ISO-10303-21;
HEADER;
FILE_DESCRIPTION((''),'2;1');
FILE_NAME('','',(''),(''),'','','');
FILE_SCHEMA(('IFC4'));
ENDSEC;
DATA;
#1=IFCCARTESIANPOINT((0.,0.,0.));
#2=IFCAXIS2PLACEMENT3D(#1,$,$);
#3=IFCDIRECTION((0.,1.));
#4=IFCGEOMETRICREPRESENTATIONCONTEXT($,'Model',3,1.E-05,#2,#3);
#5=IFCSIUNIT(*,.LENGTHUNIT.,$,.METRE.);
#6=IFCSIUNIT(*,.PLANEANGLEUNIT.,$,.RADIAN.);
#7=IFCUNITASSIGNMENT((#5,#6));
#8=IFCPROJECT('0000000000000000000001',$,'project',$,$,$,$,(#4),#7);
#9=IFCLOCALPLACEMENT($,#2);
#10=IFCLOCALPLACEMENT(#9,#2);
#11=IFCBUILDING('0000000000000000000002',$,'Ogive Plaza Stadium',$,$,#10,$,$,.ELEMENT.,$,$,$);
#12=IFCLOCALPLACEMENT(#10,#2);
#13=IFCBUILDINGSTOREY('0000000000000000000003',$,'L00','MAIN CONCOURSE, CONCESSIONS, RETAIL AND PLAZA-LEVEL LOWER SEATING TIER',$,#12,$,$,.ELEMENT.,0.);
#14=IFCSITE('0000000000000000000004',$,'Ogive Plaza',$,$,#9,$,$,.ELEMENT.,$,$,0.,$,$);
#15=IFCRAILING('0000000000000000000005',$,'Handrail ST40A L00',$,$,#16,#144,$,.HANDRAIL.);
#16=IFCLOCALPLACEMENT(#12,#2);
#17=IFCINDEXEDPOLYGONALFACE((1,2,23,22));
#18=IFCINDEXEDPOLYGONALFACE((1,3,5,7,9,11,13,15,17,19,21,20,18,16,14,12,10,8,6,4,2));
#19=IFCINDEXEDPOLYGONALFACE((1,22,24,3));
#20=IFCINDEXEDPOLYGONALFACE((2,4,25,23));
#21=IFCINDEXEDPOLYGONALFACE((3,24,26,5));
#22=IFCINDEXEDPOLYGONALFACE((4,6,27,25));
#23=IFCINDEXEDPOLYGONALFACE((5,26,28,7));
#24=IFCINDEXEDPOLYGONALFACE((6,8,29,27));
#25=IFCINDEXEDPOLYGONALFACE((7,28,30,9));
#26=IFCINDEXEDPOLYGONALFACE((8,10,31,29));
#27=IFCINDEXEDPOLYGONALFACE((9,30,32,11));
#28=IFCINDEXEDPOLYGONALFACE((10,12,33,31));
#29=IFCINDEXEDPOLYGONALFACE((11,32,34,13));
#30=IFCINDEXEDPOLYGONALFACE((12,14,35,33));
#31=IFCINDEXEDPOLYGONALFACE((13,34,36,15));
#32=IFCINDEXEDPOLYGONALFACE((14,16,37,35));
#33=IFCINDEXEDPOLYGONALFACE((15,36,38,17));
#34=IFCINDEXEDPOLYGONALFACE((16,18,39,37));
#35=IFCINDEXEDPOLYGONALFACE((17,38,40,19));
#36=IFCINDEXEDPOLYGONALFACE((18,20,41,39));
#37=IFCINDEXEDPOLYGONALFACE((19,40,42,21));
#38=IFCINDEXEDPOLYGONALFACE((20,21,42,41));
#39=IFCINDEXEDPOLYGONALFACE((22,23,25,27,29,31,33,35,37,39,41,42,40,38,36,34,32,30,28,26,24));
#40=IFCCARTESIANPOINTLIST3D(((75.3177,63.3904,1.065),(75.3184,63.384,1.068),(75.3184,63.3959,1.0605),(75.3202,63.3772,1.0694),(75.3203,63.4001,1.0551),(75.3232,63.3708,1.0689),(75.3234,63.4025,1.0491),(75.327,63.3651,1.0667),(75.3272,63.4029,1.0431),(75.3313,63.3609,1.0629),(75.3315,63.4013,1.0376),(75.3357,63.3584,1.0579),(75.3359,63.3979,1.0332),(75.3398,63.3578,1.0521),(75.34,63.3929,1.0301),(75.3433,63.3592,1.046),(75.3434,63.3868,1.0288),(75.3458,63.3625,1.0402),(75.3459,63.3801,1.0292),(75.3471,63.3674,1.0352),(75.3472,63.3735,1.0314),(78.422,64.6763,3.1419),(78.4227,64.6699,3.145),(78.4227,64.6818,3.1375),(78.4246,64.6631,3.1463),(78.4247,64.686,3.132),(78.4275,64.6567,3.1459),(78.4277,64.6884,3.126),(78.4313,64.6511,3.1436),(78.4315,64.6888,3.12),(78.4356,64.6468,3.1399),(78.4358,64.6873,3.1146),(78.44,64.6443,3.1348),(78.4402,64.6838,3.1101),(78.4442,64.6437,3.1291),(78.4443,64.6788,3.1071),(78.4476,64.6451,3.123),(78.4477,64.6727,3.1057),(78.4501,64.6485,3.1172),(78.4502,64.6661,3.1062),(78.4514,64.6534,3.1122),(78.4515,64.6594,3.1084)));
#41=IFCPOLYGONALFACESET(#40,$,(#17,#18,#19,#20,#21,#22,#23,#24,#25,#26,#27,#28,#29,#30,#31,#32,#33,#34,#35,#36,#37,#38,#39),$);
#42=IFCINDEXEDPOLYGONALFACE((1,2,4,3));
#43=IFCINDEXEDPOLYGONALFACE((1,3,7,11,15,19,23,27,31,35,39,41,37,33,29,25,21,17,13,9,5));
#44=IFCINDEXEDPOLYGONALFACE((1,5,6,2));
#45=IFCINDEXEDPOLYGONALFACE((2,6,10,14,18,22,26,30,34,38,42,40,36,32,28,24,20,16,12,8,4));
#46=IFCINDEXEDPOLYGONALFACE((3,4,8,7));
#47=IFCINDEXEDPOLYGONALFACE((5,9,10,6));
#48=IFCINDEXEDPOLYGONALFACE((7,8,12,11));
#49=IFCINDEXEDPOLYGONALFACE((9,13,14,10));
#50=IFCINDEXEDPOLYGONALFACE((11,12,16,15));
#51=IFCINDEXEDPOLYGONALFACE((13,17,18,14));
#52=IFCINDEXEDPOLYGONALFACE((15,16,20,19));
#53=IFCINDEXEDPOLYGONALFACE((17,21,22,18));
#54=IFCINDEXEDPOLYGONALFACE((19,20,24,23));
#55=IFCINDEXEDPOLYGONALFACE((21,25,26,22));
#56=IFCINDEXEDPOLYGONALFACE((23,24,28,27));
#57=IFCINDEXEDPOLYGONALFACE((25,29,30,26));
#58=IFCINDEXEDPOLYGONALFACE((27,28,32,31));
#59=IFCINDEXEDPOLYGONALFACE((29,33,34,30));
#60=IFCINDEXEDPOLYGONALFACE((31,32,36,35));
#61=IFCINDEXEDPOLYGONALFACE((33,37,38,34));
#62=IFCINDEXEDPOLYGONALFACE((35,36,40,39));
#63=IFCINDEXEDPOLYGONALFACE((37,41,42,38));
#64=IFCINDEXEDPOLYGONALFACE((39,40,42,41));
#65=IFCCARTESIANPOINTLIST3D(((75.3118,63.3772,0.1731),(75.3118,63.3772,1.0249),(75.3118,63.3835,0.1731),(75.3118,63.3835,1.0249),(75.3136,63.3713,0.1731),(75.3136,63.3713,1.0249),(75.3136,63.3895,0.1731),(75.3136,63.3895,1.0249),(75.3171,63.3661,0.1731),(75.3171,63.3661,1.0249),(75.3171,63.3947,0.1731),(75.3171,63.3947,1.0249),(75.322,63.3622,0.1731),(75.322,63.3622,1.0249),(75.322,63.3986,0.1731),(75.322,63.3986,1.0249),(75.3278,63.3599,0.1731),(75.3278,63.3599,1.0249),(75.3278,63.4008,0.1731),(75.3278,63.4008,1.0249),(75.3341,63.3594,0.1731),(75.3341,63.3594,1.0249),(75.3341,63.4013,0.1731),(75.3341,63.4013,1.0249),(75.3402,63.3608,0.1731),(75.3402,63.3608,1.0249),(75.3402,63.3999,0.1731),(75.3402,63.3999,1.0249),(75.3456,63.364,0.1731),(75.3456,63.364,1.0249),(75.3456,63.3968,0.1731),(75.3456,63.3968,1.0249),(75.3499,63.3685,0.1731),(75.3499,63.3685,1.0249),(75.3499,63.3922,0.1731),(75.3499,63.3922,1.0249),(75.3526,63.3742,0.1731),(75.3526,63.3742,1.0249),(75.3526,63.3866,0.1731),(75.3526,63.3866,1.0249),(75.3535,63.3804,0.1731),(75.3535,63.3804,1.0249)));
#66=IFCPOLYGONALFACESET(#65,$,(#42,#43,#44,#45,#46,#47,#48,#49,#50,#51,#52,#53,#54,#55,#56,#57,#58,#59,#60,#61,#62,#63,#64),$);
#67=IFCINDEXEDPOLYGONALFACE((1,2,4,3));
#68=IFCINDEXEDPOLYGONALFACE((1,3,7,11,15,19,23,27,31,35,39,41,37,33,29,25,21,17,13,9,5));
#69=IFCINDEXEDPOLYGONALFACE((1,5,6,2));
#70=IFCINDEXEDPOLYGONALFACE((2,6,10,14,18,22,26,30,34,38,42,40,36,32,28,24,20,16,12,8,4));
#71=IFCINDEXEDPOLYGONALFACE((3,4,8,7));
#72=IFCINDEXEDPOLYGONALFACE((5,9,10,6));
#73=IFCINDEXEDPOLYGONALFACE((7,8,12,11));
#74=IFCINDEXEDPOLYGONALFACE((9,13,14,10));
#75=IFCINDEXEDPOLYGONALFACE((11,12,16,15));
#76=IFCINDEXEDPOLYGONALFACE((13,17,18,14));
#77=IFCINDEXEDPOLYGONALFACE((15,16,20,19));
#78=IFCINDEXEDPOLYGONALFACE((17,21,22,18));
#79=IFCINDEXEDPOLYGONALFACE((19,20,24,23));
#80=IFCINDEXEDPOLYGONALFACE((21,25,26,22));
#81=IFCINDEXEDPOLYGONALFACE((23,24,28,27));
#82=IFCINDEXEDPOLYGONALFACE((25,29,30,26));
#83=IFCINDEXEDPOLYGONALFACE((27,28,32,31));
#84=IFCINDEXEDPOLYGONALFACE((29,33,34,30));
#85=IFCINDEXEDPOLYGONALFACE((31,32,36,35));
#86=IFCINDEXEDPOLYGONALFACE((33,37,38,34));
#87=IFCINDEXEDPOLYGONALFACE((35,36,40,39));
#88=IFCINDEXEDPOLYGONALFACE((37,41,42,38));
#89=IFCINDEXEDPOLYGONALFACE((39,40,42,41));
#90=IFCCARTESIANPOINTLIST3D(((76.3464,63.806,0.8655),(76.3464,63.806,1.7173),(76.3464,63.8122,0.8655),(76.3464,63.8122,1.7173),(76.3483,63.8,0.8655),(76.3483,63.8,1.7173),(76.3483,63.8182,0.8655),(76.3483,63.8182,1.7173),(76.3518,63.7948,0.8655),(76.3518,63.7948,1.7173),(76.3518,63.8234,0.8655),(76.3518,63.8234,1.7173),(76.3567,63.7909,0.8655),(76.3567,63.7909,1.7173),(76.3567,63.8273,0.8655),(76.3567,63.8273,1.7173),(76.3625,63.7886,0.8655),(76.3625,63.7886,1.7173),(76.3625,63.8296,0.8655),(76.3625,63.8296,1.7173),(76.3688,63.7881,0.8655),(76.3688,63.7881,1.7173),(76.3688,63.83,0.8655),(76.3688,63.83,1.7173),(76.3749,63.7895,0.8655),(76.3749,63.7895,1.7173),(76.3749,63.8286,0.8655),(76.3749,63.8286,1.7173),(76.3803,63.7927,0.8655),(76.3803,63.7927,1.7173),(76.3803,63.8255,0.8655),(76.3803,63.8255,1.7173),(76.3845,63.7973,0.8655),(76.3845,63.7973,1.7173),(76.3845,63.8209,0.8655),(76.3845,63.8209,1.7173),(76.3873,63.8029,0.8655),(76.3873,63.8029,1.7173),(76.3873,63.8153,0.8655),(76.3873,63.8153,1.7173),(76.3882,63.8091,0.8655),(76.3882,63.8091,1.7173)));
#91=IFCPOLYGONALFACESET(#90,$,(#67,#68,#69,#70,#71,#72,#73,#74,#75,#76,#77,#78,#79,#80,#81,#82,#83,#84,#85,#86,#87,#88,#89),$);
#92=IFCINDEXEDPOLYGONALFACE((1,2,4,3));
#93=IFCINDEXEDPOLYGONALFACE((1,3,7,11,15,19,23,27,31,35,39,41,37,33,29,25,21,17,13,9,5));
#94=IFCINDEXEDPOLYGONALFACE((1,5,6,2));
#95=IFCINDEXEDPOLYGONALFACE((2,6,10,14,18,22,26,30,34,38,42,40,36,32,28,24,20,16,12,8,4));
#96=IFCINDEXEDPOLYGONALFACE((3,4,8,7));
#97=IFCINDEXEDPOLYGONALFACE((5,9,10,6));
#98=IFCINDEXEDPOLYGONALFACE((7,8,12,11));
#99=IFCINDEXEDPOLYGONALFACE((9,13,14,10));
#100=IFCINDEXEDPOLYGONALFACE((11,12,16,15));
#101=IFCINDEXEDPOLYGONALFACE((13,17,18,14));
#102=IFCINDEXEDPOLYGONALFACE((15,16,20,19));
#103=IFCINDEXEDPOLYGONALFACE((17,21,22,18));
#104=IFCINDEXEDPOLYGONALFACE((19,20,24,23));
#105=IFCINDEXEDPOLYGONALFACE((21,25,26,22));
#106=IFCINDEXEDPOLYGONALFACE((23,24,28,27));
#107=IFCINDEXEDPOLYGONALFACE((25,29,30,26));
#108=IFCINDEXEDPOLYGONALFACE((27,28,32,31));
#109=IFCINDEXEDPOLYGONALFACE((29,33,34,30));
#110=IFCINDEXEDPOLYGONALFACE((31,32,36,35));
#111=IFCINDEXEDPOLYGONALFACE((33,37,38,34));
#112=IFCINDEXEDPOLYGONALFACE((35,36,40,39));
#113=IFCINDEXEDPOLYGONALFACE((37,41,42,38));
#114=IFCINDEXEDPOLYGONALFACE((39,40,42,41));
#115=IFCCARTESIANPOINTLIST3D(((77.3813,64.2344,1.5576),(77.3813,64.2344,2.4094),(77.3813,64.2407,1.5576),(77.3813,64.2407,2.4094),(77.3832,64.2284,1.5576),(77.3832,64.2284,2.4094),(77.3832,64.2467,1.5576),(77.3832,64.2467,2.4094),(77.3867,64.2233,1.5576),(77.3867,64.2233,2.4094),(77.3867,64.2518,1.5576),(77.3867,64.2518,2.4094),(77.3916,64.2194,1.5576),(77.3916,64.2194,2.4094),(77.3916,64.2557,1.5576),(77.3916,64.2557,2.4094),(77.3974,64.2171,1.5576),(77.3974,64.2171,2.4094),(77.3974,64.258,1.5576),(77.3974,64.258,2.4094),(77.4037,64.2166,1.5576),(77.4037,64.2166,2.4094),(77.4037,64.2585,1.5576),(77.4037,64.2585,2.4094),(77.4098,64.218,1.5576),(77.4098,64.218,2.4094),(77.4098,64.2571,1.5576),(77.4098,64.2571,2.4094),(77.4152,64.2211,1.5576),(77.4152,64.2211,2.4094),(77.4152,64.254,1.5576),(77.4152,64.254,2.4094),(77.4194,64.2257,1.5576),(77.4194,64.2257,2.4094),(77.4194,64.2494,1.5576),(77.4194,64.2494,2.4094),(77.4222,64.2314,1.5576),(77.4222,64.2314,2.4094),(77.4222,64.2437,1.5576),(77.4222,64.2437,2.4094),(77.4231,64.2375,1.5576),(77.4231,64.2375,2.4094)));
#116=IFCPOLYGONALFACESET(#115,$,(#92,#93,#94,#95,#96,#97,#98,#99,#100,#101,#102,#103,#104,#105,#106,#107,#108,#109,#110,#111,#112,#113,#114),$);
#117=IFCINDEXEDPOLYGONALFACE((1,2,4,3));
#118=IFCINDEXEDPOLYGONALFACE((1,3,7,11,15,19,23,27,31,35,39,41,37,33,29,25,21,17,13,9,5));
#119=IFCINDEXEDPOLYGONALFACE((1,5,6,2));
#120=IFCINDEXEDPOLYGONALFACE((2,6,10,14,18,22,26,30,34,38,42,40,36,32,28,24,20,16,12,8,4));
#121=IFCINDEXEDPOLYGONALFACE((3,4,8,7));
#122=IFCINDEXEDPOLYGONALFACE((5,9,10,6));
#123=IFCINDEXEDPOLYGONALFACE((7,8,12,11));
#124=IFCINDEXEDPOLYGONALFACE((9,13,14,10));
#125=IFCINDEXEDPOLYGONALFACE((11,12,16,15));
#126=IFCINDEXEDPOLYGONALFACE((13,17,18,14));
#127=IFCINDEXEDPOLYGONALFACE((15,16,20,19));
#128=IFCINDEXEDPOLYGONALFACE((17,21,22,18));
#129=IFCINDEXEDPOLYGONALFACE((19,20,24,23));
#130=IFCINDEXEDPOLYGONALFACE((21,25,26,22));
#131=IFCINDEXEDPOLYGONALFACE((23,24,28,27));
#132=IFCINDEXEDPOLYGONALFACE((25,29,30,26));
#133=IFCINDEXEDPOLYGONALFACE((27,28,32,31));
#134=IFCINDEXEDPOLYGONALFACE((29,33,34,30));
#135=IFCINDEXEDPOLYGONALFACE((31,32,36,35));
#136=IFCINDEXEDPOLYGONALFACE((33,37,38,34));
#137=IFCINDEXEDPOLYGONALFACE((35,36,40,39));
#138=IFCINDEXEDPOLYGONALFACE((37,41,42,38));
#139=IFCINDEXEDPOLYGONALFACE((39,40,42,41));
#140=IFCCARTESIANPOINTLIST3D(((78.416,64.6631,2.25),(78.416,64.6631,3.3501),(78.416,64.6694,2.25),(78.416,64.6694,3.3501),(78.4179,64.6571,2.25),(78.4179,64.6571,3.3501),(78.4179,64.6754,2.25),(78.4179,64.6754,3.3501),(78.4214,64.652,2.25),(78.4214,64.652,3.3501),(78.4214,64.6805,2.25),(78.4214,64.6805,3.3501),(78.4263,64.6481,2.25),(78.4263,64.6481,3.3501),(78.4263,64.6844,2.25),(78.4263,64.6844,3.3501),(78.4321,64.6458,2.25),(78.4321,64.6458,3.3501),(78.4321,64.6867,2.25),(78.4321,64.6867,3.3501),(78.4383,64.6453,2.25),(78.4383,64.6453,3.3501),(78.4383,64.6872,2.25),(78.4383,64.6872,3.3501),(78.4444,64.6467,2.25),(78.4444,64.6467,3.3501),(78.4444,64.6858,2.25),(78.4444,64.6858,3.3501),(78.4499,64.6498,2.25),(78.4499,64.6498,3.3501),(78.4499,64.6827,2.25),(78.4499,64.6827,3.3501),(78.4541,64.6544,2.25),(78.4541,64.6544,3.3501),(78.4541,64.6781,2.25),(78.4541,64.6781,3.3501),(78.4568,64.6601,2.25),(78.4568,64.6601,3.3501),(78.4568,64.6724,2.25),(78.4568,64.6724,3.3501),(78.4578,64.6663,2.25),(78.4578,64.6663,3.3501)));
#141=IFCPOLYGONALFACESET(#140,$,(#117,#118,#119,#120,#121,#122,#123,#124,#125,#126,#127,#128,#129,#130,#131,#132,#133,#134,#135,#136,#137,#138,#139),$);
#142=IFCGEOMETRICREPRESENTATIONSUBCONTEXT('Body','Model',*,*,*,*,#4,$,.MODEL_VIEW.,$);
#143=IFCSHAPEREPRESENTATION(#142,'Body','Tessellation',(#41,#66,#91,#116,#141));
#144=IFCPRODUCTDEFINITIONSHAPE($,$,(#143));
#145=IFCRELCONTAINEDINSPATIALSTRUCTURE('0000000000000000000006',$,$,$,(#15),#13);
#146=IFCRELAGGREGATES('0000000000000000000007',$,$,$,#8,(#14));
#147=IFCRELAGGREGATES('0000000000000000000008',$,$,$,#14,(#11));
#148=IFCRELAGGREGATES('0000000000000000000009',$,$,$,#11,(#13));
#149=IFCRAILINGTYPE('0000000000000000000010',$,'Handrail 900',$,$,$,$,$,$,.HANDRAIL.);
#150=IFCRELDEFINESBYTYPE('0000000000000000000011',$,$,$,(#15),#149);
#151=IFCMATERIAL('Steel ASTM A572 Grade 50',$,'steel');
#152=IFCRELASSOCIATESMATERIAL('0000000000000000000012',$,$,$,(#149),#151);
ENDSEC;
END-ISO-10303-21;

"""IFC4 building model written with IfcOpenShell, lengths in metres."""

from ifc_helpers import new_model, si_unit, direction, frame, origin, origin_2d, place, context, subcontext, project, spatial, circle, extrude, material, type_object, element, save


model = new_model("IFC4")

# Units and contexts
model_context = context("Model", 3, precision=1e-05, world=origin(), true_north=direction((0.0, 1.0)))
body_context = subcontext(model_context, "Body", "Model", "MODEL_VIEW")
ifc_project = project(units=[si_unit("LENGTHUNIT", "METRE"), si_unit("PLANEANGLEUNIT", "RADIAN")], contexts=[model_context])

# Site, building, storey
site_placement = place(None, origin())
site = spatial("IfcSite", under=ifc_project, at=site_placement, Name="Ogive Plaza", CompositionType="ELEMENT", RefElevation=0.0)
building_placement = place(site_placement, origin())
building = spatial("IfcBuilding", under=site, at=building_placement, Name="Ogive Plaza Stadium", CompositionType="ELEMENT")
storey_placement = place(building_placement, origin())
storey = spatial("IfcBuildingStorey", under=building, at=storey_placement, Name="L00", Description="MAIN CONCOURSE, CONCESSIONS, RETAIL AND PLAZA-LEVEL LOWER SEATING TIER", CompositionType="ELEMENT", Elevation=0.0)

# Railing
ifc_material_1 = material(Name="Steel ASTM A572 Grade 50", Category="steel")
railing_type_1 = type_object("IfcRailingType", Name="Handrail 900", PredefinedType="HANDRAIL", material=ifc_material_1)
for number, where, name in (
    (1, (75.3325, 63.3804, 0.1731), "Handrail ST40A L00"),
):
    element("IfcRailing", number, at=place(storey_placement, frame(where)), inside=storey, type_object=railing_type_1, Name=name, PredefinedType="HANDRAIL", context=body_context, shape_type="SweptSolid", body=[
        extrude(circle(Radius=0.0239, at=origin_2d()), frame((0.0, 0.0, 0.876), z_axis=(0.785863, 0.325532, 0.525783), x_axis=(-0.3827, 0.923872, 0.0)), (0.0, 0.0, 1.0), 3.9502),
        extrude(circle(Radius=0.021, at=origin_2d()), origin(), (0.0, 0.0, 1.0), 0.8518),
        extrude(circle(Radius=0.021, at=origin_2d()), frame((1.0347, 0.4287, 0.6924)), (0.0, 0.0, 1.0), 0.8518),
        extrude(circle(Radius=0.021, at=origin_2d()), frame((2.0696, 0.8572, 1.3845)), (0.0, 0.0, 1.0), 0.8518),
        extrude(circle(Radius=0.021, at=origin_2d()), frame((3.1042, 1.2859, 2.0769)), (0.0, 0.0, 1.0), 1.1001),
    ])

save(model, "model.ifc")
